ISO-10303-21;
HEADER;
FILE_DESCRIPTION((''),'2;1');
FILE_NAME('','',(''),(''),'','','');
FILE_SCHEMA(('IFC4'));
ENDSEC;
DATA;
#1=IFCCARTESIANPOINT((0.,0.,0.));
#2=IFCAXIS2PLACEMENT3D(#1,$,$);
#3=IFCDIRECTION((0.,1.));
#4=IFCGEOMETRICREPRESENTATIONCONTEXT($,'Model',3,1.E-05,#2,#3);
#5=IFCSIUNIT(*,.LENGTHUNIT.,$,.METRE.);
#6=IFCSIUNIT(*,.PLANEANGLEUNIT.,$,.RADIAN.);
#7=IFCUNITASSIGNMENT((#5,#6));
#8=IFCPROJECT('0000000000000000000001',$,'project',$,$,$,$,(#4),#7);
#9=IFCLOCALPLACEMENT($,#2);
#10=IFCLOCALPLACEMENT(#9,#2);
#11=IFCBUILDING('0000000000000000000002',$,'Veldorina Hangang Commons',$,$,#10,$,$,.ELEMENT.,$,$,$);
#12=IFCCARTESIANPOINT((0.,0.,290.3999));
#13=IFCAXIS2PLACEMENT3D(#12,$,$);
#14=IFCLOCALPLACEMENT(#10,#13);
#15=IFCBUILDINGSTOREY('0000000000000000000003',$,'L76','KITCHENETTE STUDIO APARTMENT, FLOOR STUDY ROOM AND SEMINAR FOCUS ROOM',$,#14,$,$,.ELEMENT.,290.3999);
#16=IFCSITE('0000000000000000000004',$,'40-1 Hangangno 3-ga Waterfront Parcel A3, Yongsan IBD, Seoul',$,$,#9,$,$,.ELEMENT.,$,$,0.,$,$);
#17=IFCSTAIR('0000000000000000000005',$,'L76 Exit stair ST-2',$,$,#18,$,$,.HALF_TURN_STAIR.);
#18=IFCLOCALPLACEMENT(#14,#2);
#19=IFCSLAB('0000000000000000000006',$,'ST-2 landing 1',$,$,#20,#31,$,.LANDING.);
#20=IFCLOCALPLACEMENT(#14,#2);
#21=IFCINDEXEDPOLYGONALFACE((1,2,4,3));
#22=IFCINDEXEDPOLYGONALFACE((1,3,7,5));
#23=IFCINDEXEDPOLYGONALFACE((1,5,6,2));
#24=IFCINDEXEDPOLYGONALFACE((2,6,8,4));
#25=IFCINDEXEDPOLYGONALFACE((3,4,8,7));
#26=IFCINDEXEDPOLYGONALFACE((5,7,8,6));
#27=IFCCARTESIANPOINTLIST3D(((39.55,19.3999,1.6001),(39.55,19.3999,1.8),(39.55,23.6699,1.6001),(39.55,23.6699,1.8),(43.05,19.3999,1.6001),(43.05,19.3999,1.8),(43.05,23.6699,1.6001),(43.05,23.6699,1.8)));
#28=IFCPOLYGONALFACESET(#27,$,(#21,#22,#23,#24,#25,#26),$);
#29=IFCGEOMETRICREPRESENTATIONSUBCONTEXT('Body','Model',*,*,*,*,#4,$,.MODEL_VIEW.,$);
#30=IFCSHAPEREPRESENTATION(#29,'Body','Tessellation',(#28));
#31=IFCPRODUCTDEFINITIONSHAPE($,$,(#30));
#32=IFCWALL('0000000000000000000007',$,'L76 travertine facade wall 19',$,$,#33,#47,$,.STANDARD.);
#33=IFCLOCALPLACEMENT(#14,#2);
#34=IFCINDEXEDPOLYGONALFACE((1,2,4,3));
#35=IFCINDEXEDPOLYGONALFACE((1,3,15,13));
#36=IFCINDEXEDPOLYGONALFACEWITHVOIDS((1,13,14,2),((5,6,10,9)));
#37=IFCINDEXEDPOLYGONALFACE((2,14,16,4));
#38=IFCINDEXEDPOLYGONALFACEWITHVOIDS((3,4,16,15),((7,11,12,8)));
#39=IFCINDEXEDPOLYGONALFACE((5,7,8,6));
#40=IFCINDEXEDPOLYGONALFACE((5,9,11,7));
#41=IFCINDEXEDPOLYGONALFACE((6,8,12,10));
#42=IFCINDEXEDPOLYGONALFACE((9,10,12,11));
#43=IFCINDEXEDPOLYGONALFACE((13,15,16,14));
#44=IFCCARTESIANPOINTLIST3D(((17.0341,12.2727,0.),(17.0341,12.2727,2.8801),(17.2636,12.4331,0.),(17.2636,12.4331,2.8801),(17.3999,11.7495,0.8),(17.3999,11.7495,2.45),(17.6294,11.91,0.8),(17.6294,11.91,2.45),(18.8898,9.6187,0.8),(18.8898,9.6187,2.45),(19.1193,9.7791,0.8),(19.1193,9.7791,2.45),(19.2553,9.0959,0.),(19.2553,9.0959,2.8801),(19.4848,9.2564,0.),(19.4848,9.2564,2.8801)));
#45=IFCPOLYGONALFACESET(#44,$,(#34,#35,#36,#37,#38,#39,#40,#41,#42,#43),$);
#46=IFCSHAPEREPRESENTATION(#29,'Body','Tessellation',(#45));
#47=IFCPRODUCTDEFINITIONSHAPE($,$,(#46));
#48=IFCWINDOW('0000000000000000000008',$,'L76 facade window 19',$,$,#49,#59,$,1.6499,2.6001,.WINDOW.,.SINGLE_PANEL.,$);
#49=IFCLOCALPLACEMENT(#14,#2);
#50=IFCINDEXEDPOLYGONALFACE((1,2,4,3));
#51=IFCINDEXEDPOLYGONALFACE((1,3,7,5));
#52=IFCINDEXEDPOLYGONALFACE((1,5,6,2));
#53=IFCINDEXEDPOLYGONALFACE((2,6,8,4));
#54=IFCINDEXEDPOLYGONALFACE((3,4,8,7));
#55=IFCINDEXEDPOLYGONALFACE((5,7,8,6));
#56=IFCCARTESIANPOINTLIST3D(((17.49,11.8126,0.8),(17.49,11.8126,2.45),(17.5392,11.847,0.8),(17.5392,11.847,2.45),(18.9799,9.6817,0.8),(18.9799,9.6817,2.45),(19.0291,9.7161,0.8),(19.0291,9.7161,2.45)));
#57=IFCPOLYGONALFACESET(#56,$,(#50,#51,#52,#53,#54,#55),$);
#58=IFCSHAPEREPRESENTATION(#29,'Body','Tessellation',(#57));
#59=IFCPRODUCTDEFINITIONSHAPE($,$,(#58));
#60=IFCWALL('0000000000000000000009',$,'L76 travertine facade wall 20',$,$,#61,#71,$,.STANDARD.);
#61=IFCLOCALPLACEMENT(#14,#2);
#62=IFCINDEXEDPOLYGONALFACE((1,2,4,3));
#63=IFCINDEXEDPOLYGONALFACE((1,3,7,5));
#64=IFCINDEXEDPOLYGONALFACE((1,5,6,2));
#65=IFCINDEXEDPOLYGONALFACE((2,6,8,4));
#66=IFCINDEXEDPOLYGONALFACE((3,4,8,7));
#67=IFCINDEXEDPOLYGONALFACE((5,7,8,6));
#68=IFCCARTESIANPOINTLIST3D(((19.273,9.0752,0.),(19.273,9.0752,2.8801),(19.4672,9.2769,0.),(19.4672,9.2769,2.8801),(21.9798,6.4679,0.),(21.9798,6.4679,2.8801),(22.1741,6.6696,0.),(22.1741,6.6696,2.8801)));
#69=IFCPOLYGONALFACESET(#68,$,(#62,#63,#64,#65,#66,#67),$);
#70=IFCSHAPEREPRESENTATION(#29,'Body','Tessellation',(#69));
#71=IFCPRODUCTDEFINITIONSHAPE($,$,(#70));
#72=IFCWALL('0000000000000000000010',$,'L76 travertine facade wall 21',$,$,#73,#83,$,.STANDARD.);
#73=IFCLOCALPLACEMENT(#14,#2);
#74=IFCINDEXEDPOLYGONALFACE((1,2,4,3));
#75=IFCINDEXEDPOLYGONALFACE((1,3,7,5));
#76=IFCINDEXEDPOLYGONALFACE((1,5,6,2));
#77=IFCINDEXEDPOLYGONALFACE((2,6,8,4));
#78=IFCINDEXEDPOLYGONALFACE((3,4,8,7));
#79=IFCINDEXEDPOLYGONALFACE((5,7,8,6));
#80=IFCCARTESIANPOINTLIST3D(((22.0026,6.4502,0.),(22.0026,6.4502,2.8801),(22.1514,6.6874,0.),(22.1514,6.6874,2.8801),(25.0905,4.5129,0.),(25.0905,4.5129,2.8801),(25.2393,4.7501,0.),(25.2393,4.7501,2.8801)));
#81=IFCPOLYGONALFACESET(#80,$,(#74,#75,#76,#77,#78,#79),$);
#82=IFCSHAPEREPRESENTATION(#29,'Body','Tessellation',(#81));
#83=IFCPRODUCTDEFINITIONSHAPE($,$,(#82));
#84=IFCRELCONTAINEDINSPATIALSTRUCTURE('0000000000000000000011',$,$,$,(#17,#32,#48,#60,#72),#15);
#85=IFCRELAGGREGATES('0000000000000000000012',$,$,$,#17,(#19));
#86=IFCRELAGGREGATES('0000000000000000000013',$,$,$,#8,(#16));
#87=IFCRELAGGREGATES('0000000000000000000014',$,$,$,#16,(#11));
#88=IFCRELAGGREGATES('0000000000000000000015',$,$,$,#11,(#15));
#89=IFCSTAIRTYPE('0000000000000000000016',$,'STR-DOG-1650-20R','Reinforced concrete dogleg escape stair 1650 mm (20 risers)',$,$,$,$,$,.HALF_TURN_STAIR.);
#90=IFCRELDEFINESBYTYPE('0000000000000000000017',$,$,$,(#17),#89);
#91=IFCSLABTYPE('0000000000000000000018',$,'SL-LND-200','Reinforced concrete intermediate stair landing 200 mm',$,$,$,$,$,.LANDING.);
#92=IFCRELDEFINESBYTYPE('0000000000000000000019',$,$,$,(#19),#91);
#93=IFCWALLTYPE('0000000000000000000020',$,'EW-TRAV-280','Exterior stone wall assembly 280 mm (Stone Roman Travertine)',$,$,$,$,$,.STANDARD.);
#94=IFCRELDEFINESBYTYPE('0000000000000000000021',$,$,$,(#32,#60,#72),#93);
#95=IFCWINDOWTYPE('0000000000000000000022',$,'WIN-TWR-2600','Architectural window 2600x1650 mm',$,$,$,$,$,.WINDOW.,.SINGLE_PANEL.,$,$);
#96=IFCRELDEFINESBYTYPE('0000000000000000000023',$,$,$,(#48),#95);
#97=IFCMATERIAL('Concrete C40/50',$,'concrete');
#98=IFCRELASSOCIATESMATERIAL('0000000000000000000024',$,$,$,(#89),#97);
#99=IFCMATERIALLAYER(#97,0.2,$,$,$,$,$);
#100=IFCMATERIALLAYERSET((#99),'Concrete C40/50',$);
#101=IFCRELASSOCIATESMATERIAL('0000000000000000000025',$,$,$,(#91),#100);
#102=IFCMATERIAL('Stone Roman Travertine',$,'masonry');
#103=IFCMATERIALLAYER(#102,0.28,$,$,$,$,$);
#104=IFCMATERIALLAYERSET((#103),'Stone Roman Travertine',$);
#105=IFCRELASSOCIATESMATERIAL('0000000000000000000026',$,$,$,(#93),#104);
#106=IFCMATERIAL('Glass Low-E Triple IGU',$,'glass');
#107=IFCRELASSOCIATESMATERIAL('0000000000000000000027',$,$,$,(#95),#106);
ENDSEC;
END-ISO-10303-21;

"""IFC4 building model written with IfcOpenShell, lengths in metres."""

from ifc_helpers import new_model, si_unit, direction, frame, frame_2d, origin, place, context, subcontext, project, spatial, polyline, rectangle, outline, extrude, material, layer, layer_set, type_object, element, fill, aggregate, save


model = new_model("IFC4")

# Units and contexts
model_context = context("Model", 3, precision=1e-05, world=origin(), true_north=direction((0.0, 1.0)))
body_context = subcontext(model_context, "Body", "Model", "MODEL_VIEW")
ifc_project = project(units=[si_unit("LENGTHUNIT", "METRE"), si_unit("PLANEANGLEUNIT", "RADIAN")], contexts=[model_context])

# Site, building, storey
site_placement = place(None, origin())
site = spatial("IfcSite", under=ifc_project, at=site_placement, Name="40-1 Hangangno 3-ga Waterfront Parcel A3, Yongsan IBD, Seoul", CompositionType="ELEMENT", RefElevation=0.0)
building_placement = place(site_placement, origin())
building = spatial("IfcBuilding", under=site, at=building_placement, Name="Veldorina Hangang Commons", CompositionType="ELEMENT")
storey_placement = place(building_placement, frame((0.0, 0.0, 290.3999)))
storey = spatial("IfcBuildingStorey", under=building, at=storey_placement, Name="L76", Description="KITCHENETTE STUDIO APARTMENT, FLOOR STUDY ROOM AND SEMINAR FOCUS ROOM", CompositionType="ELEMENT", Elevation=290.3999)

# Shared definitions
ifc_material_1 = material(Name="Concrete C40/50", Category="concrete")

# Stair, slab
stair_type = type_object("IfcStairType", Name="STR-DOG-1650-20R", Description="Reinforced concrete dogleg escape stair 1650 mm (20 risers)", PredefinedType="HALF_TURN_STAIR", material=ifc_material_1)
ifc_layer_1 = layer(ifc_material_1, 0.2)
ifc_layer_set_1 = layer_set([ifc_layer_1], Name="Concrete C40/50")
slab_type_1 = type_object("IfcSlabType", Name="SL-LND-200", Description="Reinforced concrete intermediate stair landing 200 mm", PredefinedType="LANDING", material=ifc_layer_set_1)
stair_1_placement = place(storey_placement, origin())
stair_1 = element("IfcStair", 1, at=stair_1_placement, inside=storey, type_object=stair_type, Name="L76 Exit stair ST-2", PredefinedType="HALF_TURN_STAIR")
slab_1_placement = place(storey_placement, frame((0.0, 0.0, 1.6001)))
slab_1 = element("IfcSlab", 2, at=slab_1_placement, type_object=slab_type_1, Name="ST-2 landing 1", PredefinedType="LANDING", context=body_context, shape_type="SweptSolid", body=[
    extrude(outline(polyline([(39.55, 23.6699), (39.55, 19.3999), (43.05, 19.3999), (43.05, 23.6699), (39.55, 23.6699)])), origin(), (0.0, 0.0, 1.0), 0.2),
])
aggregate(stair_1, [slab_1])

# Wall, opening, window
ifc_material_2 = material(Name="Stone Roman Travertine", Category="masonry")
ifc_layer_2 = layer(ifc_material_2, 0.28)
ifc_layer_set_2 = layer_set([ifc_layer_2], Name="Stone Roman Travertine")
wall_type = type_object("IfcWallType", Name="EW-TRAV-280", Description="Exterior stone wall assembly 280 mm (Stone Roman Travertine)", PredefinedType="STANDARD", material=ifc_layer_set_2)
wall_1_placement = place(storey_placement, frame((17.1489, 12.3528, 0.0), z_axis=(0.0, 0.0, 1.0), x_axis=(0.573023, -0.81954, 0.0)))
wall_1 = element("IfcWall", 3, at=wall_1_placement, inside=storey, type_object=wall_type, Name="L76 travertine facade wall 19", PredefinedType="STANDARD", context=body_context, shape_type="SweptSolid", body=[
    extrude(rectangle(XDim=3.8762, YDim=0.28, at=frame_2d((1.938, 0.0))), origin(), (0.0, 0.0, 1.0), 2.8801),
])
opening_placement = place(wall_1_placement, frame((0.6382, 0.0, 0.8)))
opening = element("IfcOpeningElement", 4, at=opening_placement, cuts=wall_1, PredefinedType="OPENING", context=body_context, shape_type="SweptSolid", body=[
    extrude(rectangle(XDim=2.6001, YDim=1.6499, at=frame_2d((1.3, 0.825))), frame((0.0, 0.1499, 0.0), z_axis=(0.0, -1.0, 0.0), x_axis=(1.0, 0.0, 0.0)), (0.0, 0.0, 1.0), 0.3),
])
ifc_material_3 = material(Name="Glass Low-E Triple IGU", Category="glass")
window_type = type_object("IfcWindowType", Name="WIN-TWR-2600", Description="Architectural window 2600x1650 mm", PartitioningType="SINGLE_PANEL", PredefinedType="WINDOW", material=ifc_material_3)
window_placement = place(opening_placement, origin())
window = element("IfcWindow", 5, at=window_placement, inside=storey, type_object=window_type, Name="L76 facade window 19", OverallHeight=1.6499, OverallWidth=2.6001, PartitioningType="SINGLE_PANEL", PredefinedType="WINDOW", context=body_context, shape_type="SweptSolid", body=[
    extrude(rectangle(XDim=2.6001, YDim=1.6499, at=frame_2d((1.3, 0.825))), frame((0.0, 0.03, 0.0), z_axis=(0.0, -1.0, 0.0), x_axis=(1.0, 0.0, 0.0)), (0.0, 0.0, 1.0), 0.0601),
])
fill(opening, window)

# Walls
wall_2_placement = place(storey_placement, frame((19.3701, 9.176, 0.0), z_axis=(0.0, 0.0, 1.0), x_axis=(0.720235, -0.69373, 0.0)))
element("IfcWall", 6, at=wall_2_placement, inside=storey, type_object=wall_type, Name="L76 travertine facade wall 20", PredefinedType="STANDARD", context=body_context, shape_type="SweptSolid", body=[
    extrude(rectangle(XDim=3.7583, YDim=0.28, at=frame_2d((1.8792, 0.0))), origin(), (0.0, 0.0, 1.0), 2.8801),
])
wall_3_placement = place(storey_placement, frame((22.0769, 6.5688, 0.0), z_axis=(0.0, 0.0, 1.0), x_axis=(0.847094, -0.531443, 0.0)))
element("IfcWall", 7, at=wall_3_placement, inside=storey, type_object=wall_type, Name="L76 travertine facade wall 21", PredefinedType="STANDARD", context=body_context, shape_type="SweptSolid", body=[
    extrude(rectangle(XDim=3.6453, YDim=0.28, at=frame_2d((1.8228, 0.0))), origin(), (0.0, 0.0, 1.0), 2.8801),
])

save(model, "model.ifc")
